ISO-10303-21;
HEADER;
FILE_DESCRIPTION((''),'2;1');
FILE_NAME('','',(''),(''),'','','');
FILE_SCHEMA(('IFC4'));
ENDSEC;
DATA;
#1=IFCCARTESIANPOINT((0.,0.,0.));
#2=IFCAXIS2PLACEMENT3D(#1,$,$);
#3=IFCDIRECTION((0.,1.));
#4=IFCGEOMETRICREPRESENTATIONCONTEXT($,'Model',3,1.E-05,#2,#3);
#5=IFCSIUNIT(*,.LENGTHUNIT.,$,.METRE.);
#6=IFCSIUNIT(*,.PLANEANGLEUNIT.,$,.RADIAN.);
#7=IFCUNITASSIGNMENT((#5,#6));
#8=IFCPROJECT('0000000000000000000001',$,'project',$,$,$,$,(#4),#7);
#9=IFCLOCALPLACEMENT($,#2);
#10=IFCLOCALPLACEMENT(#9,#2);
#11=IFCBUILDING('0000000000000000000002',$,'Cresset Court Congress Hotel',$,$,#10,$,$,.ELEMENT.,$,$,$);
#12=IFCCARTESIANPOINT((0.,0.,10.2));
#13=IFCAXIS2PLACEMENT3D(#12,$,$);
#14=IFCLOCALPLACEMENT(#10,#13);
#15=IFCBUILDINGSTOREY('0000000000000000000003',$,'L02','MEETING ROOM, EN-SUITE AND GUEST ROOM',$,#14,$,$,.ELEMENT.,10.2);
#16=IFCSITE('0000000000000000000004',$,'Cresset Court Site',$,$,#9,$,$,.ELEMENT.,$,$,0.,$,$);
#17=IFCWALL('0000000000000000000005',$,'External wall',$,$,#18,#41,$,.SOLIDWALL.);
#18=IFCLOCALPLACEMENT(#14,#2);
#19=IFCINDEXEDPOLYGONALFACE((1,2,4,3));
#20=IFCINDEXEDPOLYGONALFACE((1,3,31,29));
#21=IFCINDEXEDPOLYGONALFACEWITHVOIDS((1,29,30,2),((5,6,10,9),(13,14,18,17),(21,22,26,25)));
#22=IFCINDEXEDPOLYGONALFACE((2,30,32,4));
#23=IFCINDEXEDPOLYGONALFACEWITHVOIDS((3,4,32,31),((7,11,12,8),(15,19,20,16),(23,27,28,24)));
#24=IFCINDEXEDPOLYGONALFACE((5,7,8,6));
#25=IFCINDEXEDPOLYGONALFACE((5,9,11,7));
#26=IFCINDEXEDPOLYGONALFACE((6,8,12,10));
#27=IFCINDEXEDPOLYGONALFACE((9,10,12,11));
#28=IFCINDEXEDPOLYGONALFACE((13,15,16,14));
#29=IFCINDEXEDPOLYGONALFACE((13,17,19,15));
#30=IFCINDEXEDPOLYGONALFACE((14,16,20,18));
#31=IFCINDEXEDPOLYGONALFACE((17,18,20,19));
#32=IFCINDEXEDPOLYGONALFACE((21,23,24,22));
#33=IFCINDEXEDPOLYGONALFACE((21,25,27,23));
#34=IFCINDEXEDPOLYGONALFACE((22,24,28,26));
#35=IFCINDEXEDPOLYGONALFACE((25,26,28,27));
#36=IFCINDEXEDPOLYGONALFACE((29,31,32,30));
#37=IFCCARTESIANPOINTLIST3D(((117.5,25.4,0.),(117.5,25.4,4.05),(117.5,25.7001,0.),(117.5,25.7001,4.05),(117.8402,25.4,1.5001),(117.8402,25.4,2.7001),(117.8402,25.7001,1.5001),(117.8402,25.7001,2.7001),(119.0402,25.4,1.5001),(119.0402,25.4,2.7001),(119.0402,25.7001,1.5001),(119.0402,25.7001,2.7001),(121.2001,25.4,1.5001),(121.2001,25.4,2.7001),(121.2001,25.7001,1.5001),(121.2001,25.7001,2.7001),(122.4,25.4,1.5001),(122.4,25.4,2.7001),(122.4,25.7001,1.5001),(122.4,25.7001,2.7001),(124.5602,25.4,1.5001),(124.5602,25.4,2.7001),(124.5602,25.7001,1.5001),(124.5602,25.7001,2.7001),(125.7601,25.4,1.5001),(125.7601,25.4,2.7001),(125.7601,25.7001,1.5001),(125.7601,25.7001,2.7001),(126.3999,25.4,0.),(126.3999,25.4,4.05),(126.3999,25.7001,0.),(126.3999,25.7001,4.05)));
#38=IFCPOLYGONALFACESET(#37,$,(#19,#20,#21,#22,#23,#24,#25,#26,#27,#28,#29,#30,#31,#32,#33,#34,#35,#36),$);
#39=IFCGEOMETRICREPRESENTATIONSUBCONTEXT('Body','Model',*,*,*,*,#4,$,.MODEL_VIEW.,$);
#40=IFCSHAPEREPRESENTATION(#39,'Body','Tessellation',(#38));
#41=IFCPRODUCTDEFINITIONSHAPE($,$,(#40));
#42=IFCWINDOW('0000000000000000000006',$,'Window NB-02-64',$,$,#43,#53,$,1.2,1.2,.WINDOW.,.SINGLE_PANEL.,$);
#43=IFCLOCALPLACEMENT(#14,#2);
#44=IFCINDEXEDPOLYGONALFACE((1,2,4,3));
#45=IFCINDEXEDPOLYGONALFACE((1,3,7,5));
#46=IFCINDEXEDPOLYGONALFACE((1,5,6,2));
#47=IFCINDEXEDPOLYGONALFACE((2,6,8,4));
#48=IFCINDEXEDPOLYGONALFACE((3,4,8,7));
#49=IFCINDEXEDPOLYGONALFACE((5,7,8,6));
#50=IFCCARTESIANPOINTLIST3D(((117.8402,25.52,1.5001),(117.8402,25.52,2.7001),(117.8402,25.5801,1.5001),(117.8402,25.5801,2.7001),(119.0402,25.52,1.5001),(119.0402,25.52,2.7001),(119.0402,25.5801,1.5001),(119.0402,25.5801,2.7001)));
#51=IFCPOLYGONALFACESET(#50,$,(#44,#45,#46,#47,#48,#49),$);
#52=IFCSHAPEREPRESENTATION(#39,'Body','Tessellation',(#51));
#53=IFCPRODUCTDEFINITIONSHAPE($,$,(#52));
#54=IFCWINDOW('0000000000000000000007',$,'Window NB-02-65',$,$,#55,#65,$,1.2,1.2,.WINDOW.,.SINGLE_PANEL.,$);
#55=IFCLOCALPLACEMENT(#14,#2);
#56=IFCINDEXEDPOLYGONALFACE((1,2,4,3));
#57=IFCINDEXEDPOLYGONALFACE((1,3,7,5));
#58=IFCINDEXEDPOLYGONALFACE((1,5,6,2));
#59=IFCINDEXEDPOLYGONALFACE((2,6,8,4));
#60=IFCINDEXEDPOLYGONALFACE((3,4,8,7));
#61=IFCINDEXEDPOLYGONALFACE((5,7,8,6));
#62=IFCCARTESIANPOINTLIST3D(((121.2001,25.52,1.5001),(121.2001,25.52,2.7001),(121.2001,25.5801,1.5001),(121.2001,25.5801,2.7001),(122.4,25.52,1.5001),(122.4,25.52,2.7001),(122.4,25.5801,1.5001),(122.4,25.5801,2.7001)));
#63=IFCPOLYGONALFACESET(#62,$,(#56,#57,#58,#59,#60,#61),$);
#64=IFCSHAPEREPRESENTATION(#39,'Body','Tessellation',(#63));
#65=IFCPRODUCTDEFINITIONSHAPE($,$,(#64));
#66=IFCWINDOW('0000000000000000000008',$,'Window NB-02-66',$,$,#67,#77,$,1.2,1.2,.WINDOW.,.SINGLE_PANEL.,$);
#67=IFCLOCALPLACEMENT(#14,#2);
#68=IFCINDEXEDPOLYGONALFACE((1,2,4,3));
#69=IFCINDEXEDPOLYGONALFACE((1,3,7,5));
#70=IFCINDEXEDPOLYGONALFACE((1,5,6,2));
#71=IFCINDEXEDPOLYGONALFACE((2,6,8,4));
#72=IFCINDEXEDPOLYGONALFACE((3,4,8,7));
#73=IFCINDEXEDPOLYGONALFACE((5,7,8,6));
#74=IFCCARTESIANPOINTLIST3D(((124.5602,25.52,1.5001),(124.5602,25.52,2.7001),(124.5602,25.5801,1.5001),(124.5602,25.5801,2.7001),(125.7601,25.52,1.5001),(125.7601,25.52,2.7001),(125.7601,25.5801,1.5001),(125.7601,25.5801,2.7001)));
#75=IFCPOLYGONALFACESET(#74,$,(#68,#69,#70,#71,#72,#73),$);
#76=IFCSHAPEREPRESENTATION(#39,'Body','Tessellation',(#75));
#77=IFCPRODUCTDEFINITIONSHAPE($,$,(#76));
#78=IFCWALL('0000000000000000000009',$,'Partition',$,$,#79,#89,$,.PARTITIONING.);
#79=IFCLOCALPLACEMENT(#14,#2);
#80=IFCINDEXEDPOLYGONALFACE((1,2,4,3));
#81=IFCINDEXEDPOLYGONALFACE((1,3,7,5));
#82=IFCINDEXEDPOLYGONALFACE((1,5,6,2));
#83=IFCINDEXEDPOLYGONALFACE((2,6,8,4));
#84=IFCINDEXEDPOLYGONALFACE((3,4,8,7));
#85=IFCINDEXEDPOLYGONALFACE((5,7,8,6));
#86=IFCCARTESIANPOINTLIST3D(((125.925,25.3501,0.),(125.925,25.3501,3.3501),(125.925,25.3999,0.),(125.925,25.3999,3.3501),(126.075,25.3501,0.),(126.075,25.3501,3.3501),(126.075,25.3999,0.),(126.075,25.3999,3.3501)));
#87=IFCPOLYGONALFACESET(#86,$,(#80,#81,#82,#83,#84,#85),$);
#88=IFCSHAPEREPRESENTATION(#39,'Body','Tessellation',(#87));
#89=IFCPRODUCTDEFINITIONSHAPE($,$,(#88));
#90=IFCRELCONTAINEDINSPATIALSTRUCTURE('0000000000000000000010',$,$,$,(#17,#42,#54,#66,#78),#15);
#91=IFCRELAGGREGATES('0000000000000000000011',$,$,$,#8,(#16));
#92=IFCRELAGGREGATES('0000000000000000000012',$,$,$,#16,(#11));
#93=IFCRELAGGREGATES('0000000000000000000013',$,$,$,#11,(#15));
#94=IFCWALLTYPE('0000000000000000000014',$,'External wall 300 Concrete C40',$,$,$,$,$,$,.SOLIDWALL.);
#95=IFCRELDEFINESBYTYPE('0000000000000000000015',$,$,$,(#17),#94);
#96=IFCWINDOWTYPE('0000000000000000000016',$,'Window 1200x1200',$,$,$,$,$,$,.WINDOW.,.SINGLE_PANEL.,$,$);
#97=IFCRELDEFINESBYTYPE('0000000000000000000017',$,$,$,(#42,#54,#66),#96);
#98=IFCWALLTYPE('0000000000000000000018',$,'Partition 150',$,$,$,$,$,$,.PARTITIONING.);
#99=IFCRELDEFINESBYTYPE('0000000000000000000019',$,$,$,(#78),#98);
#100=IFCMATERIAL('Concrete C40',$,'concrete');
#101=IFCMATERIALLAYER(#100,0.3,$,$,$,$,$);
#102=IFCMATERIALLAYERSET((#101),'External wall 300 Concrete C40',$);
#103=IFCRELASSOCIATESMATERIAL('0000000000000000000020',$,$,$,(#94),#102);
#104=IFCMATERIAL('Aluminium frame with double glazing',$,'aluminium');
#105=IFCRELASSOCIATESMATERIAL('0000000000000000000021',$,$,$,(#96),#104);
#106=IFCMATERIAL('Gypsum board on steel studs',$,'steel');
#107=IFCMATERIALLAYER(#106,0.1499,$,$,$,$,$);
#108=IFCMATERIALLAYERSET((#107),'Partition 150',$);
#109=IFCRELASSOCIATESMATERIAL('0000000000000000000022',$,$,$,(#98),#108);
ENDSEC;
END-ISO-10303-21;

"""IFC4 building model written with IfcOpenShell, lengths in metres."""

from ifc_helpers import new_model, si_unit, direction, frame, frame_2d, origin, place, context, subcontext, project, spatial, rectangle, extrude, material, layer, layer_set, type_object, element, fill, save


model = new_model("IFC4")

# Units and contexts
model_context = context("Model", 3, precision=1e-05, world=origin(), true_north=direction((0.0, 1.0)))
body_context = subcontext(model_context, "Body", "Model", "MODEL_VIEW")
ifc_project = project(units=[si_unit("LENGTHUNIT", "METRE"), si_unit("PLANEANGLEUNIT", "RADIAN")], contexts=[model_context])

# Site, building, storey
site_placement = place(None, origin())
site = spatial("IfcSite", under=ifc_project, at=site_placement, Name="Cresset Court Site", CompositionType="ELEMENT", RefElevation=0.0)
building_placement = place(site_placement, origin())
building = spatial("IfcBuilding", under=site, at=building_placement, Name="Cresset Court Congress Hotel", CompositionType="ELEMENT")
storey_placement = place(building_placement, frame((0.0, 0.0, 10.2)))
storey = spatial("IfcBuildingStorey", under=building, at=storey_placement, Name="L02", Description="MEETING ROOM, EN-SUITE AND GUEST ROOM", CompositionType="ELEMENT", Elevation=10.2)

# Wall, openings, windows
ifc_material_1 = material(Name="Concrete C40", Category="concrete")
ifc_layer_1 = layer(ifc_material_1, 0.3)
ifc_layer_set_1 = layer_set([ifc_layer_1], Name="External wall 300 Concrete C40")
wall_type_1 = type_object("IfcWallType", Name="External wall 300 Concrete C40", PredefinedType="SOLIDWALL", material=ifc_layer_set_1)
wall_1_placement = place(storey_placement, frame((117.5, 25.55, 0.0), z_axis=(0.0, 0.0, 1.0), x_axis=(1.0, 0.0, 0.0)))
wall_1 = element("IfcWall", 1, at=wall_1_placement, inside=storey, type_object=wall_type_1, Name="External wall", PredefinedType="SOLIDWALL", context=body_context, shape_type="SweptSolid", body=[
    extrude(rectangle(XDim=8.8999, YDim=0.3, at=frame_2d((4.45, 0.0))), origin(), (0.0, 0.0, 1.0), 4.05),
])
opening_1_placement = place(wall_1_placement, frame((0.3401, 0.0, 1.5)))
opening_1 = element("IfcOpeningElement", 2, at=opening_1_placement, cuts=wall_1, PredefinedType="OPENING", context=body_context, shape_type="SweptSolid", body=[
    extrude(rectangle(XDim=1.2, YDim=1.2, at=frame_2d((0.6001, 0.6001))), frame((0.0, 0.1599, 0.0), z_axis=(0.0, -1.0, 0.0), x_axis=(1.0, 0.0, 0.0)), (0.0, 0.0, 1.0), 0.3201),
])
opening_2_placement = place(wall_1_placement, frame((3.7, 0.0, 1.5)))
opening_2 = element("IfcOpeningElement", 3, at=opening_2_placement, cuts=wall_1, PredefinedType="OPENING", context=body_context, shape_type="SweptSolid", body=[
    extrude(rectangle(XDim=1.2, YDim=1.2, at=frame_2d((0.6001, 0.6001))), frame((0.0, 0.1599, 0.0), z_axis=(0.0, -1.0, 0.0), x_axis=(1.0, 0.0, 0.0)), (0.0, 0.0, 1.0), 0.3201),
])
opening_3_placement = place(wall_1_placement, frame((7.0601, 0.0, 1.5)))
opening_3 = element("IfcOpeningElement", 4, at=opening_3_placement, cuts=wall_1, PredefinedType="OPENING", context=body_context, shape_type="SweptSolid", body=[
    extrude(rectangle(XDim=1.2, YDim=1.2, at=frame_2d((0.6001, 0.6001))), frame((0.0, 0.1599, 0.0), z_axis=(0.0, -1.0, 0.0), x_axis=(1.0, 0.0, 0.0)), (0.0, 0.0, 1.0), 0.3201),
])
ifc_material_2 = material(Name="Aluminium frame with double glazing", Category="aluminium")
window_type = type_object("IfcWindowType", Name="Window 1200x1200", PartitioningType="SINGLE_PANEL", PredefinedType="WINDOW", material=ifc_material_2)
window_1_placement = place(opening_1_placement, origin())
window_1 = element("IfcWindow", 5, at=window_1_placement, inside=storey, type_object=window_type, Name="Window NB-02-64", OverallHeight=1.2, OverallWidth=1.2, PartitioningType="SINGLE_PANEL", PredefinedType="WINDOW", context=body_context, shape_type="SweptSolid", body=[
    extrude(rectangle(XDim=1.2, YDim=1.2, at=frame_2d((0.6001, 0.6001))), frame((0.0, 0.03, 0.0), z_axis=(0.0, -1.0, 0.0), x_axis=(1.0, 0.0, 0.0)), (0.0, 0.0, 1.0), 0.0601),
])
fill(opening_1, window_1)
window_2_placement = place(opening_2_placement, origin())
window_2 = element("IfcWindow", 6, at=window_2_placement, inside=storey, type_object=window_type, Name="Window NB-02-65", OverallHeight=1.2, OverallWidth=1.2, PartitioningType="SINGLE_PANEL", PredefinedType="WINDOW", context=body_context, shape_type="SweptSolid", body=[
    extrude(rectangle(XDim=1.2, YDim=1.2, at=frame_2d((0.6001, 0.6001))), frame((0.0, 0.03, 0.0), z_axis=(0.0, -1.0, 0.0), x_axis=(1.0, 0.0, 0.0)), (0.0, 0.0, 1.0), 0.0601),
])
fill(opening_2, window_2)
window_3_placement = place(opening_3_placement, origin())
window_3 = element("IfcWindow", 7, at=window_3_placement, inside=storey, type_object=window_type, Name="Window NB-02-66", OverallHeight=1.2, OverallWidth=1.2, PartitioningType="SINGLE_PANEL", PredefinedType="WINDOW", context=body_context, shape_type="SweptSolid", body=[
    extrude(rectangle(XDim=1.2, YDim=1.2, at=frame_2d((0.6001, 0.6001))), frame((0.0, 0.03, 0.0), z_axis=(0.0, -1.0, 0.0), x_axis=(1.0, 0.0, 0.0)), (0.0, 0.0, 1.0), 0.0601),
])
fill(opening_3, window_3)

# Wall
ifc_material_3 = material(Name="Gypsum board on steel studs", Category="steel")
ifc_layer_2 = layer(ifc_material_3, 0.1499)
ifc_layer_set_2 = layer_set([ifc_layer_2], Name="Partition 150")
wall_type_2 = type_object("IfcWallType", Name="Partition 150", PredefinedType="PARTITIONING", material=ifc_layer_set_2)
wall_2_placement = place(storey_placement, frame((126.0, 25.3501, 0.0), z_axis=(0.0, 0.0, 1.0), x_axis=(0.0, 1.0, 0.0)))
element("IfcWall", 8, at=wall_2_placement, inside=storey, type_object=wall_type_2, Name="Partition", PredefinedType="PARTITIONING", context=body_context, shape_type="SweptSolid", body=[
    extrude(rectangle(XDim=0.0498, YDim=0.1499, at=frame_2d((0.0249, 0.0))), origin(), (0.0, 0.0, 1.0), 3.3501),
])

save(model, "model.ifc")
